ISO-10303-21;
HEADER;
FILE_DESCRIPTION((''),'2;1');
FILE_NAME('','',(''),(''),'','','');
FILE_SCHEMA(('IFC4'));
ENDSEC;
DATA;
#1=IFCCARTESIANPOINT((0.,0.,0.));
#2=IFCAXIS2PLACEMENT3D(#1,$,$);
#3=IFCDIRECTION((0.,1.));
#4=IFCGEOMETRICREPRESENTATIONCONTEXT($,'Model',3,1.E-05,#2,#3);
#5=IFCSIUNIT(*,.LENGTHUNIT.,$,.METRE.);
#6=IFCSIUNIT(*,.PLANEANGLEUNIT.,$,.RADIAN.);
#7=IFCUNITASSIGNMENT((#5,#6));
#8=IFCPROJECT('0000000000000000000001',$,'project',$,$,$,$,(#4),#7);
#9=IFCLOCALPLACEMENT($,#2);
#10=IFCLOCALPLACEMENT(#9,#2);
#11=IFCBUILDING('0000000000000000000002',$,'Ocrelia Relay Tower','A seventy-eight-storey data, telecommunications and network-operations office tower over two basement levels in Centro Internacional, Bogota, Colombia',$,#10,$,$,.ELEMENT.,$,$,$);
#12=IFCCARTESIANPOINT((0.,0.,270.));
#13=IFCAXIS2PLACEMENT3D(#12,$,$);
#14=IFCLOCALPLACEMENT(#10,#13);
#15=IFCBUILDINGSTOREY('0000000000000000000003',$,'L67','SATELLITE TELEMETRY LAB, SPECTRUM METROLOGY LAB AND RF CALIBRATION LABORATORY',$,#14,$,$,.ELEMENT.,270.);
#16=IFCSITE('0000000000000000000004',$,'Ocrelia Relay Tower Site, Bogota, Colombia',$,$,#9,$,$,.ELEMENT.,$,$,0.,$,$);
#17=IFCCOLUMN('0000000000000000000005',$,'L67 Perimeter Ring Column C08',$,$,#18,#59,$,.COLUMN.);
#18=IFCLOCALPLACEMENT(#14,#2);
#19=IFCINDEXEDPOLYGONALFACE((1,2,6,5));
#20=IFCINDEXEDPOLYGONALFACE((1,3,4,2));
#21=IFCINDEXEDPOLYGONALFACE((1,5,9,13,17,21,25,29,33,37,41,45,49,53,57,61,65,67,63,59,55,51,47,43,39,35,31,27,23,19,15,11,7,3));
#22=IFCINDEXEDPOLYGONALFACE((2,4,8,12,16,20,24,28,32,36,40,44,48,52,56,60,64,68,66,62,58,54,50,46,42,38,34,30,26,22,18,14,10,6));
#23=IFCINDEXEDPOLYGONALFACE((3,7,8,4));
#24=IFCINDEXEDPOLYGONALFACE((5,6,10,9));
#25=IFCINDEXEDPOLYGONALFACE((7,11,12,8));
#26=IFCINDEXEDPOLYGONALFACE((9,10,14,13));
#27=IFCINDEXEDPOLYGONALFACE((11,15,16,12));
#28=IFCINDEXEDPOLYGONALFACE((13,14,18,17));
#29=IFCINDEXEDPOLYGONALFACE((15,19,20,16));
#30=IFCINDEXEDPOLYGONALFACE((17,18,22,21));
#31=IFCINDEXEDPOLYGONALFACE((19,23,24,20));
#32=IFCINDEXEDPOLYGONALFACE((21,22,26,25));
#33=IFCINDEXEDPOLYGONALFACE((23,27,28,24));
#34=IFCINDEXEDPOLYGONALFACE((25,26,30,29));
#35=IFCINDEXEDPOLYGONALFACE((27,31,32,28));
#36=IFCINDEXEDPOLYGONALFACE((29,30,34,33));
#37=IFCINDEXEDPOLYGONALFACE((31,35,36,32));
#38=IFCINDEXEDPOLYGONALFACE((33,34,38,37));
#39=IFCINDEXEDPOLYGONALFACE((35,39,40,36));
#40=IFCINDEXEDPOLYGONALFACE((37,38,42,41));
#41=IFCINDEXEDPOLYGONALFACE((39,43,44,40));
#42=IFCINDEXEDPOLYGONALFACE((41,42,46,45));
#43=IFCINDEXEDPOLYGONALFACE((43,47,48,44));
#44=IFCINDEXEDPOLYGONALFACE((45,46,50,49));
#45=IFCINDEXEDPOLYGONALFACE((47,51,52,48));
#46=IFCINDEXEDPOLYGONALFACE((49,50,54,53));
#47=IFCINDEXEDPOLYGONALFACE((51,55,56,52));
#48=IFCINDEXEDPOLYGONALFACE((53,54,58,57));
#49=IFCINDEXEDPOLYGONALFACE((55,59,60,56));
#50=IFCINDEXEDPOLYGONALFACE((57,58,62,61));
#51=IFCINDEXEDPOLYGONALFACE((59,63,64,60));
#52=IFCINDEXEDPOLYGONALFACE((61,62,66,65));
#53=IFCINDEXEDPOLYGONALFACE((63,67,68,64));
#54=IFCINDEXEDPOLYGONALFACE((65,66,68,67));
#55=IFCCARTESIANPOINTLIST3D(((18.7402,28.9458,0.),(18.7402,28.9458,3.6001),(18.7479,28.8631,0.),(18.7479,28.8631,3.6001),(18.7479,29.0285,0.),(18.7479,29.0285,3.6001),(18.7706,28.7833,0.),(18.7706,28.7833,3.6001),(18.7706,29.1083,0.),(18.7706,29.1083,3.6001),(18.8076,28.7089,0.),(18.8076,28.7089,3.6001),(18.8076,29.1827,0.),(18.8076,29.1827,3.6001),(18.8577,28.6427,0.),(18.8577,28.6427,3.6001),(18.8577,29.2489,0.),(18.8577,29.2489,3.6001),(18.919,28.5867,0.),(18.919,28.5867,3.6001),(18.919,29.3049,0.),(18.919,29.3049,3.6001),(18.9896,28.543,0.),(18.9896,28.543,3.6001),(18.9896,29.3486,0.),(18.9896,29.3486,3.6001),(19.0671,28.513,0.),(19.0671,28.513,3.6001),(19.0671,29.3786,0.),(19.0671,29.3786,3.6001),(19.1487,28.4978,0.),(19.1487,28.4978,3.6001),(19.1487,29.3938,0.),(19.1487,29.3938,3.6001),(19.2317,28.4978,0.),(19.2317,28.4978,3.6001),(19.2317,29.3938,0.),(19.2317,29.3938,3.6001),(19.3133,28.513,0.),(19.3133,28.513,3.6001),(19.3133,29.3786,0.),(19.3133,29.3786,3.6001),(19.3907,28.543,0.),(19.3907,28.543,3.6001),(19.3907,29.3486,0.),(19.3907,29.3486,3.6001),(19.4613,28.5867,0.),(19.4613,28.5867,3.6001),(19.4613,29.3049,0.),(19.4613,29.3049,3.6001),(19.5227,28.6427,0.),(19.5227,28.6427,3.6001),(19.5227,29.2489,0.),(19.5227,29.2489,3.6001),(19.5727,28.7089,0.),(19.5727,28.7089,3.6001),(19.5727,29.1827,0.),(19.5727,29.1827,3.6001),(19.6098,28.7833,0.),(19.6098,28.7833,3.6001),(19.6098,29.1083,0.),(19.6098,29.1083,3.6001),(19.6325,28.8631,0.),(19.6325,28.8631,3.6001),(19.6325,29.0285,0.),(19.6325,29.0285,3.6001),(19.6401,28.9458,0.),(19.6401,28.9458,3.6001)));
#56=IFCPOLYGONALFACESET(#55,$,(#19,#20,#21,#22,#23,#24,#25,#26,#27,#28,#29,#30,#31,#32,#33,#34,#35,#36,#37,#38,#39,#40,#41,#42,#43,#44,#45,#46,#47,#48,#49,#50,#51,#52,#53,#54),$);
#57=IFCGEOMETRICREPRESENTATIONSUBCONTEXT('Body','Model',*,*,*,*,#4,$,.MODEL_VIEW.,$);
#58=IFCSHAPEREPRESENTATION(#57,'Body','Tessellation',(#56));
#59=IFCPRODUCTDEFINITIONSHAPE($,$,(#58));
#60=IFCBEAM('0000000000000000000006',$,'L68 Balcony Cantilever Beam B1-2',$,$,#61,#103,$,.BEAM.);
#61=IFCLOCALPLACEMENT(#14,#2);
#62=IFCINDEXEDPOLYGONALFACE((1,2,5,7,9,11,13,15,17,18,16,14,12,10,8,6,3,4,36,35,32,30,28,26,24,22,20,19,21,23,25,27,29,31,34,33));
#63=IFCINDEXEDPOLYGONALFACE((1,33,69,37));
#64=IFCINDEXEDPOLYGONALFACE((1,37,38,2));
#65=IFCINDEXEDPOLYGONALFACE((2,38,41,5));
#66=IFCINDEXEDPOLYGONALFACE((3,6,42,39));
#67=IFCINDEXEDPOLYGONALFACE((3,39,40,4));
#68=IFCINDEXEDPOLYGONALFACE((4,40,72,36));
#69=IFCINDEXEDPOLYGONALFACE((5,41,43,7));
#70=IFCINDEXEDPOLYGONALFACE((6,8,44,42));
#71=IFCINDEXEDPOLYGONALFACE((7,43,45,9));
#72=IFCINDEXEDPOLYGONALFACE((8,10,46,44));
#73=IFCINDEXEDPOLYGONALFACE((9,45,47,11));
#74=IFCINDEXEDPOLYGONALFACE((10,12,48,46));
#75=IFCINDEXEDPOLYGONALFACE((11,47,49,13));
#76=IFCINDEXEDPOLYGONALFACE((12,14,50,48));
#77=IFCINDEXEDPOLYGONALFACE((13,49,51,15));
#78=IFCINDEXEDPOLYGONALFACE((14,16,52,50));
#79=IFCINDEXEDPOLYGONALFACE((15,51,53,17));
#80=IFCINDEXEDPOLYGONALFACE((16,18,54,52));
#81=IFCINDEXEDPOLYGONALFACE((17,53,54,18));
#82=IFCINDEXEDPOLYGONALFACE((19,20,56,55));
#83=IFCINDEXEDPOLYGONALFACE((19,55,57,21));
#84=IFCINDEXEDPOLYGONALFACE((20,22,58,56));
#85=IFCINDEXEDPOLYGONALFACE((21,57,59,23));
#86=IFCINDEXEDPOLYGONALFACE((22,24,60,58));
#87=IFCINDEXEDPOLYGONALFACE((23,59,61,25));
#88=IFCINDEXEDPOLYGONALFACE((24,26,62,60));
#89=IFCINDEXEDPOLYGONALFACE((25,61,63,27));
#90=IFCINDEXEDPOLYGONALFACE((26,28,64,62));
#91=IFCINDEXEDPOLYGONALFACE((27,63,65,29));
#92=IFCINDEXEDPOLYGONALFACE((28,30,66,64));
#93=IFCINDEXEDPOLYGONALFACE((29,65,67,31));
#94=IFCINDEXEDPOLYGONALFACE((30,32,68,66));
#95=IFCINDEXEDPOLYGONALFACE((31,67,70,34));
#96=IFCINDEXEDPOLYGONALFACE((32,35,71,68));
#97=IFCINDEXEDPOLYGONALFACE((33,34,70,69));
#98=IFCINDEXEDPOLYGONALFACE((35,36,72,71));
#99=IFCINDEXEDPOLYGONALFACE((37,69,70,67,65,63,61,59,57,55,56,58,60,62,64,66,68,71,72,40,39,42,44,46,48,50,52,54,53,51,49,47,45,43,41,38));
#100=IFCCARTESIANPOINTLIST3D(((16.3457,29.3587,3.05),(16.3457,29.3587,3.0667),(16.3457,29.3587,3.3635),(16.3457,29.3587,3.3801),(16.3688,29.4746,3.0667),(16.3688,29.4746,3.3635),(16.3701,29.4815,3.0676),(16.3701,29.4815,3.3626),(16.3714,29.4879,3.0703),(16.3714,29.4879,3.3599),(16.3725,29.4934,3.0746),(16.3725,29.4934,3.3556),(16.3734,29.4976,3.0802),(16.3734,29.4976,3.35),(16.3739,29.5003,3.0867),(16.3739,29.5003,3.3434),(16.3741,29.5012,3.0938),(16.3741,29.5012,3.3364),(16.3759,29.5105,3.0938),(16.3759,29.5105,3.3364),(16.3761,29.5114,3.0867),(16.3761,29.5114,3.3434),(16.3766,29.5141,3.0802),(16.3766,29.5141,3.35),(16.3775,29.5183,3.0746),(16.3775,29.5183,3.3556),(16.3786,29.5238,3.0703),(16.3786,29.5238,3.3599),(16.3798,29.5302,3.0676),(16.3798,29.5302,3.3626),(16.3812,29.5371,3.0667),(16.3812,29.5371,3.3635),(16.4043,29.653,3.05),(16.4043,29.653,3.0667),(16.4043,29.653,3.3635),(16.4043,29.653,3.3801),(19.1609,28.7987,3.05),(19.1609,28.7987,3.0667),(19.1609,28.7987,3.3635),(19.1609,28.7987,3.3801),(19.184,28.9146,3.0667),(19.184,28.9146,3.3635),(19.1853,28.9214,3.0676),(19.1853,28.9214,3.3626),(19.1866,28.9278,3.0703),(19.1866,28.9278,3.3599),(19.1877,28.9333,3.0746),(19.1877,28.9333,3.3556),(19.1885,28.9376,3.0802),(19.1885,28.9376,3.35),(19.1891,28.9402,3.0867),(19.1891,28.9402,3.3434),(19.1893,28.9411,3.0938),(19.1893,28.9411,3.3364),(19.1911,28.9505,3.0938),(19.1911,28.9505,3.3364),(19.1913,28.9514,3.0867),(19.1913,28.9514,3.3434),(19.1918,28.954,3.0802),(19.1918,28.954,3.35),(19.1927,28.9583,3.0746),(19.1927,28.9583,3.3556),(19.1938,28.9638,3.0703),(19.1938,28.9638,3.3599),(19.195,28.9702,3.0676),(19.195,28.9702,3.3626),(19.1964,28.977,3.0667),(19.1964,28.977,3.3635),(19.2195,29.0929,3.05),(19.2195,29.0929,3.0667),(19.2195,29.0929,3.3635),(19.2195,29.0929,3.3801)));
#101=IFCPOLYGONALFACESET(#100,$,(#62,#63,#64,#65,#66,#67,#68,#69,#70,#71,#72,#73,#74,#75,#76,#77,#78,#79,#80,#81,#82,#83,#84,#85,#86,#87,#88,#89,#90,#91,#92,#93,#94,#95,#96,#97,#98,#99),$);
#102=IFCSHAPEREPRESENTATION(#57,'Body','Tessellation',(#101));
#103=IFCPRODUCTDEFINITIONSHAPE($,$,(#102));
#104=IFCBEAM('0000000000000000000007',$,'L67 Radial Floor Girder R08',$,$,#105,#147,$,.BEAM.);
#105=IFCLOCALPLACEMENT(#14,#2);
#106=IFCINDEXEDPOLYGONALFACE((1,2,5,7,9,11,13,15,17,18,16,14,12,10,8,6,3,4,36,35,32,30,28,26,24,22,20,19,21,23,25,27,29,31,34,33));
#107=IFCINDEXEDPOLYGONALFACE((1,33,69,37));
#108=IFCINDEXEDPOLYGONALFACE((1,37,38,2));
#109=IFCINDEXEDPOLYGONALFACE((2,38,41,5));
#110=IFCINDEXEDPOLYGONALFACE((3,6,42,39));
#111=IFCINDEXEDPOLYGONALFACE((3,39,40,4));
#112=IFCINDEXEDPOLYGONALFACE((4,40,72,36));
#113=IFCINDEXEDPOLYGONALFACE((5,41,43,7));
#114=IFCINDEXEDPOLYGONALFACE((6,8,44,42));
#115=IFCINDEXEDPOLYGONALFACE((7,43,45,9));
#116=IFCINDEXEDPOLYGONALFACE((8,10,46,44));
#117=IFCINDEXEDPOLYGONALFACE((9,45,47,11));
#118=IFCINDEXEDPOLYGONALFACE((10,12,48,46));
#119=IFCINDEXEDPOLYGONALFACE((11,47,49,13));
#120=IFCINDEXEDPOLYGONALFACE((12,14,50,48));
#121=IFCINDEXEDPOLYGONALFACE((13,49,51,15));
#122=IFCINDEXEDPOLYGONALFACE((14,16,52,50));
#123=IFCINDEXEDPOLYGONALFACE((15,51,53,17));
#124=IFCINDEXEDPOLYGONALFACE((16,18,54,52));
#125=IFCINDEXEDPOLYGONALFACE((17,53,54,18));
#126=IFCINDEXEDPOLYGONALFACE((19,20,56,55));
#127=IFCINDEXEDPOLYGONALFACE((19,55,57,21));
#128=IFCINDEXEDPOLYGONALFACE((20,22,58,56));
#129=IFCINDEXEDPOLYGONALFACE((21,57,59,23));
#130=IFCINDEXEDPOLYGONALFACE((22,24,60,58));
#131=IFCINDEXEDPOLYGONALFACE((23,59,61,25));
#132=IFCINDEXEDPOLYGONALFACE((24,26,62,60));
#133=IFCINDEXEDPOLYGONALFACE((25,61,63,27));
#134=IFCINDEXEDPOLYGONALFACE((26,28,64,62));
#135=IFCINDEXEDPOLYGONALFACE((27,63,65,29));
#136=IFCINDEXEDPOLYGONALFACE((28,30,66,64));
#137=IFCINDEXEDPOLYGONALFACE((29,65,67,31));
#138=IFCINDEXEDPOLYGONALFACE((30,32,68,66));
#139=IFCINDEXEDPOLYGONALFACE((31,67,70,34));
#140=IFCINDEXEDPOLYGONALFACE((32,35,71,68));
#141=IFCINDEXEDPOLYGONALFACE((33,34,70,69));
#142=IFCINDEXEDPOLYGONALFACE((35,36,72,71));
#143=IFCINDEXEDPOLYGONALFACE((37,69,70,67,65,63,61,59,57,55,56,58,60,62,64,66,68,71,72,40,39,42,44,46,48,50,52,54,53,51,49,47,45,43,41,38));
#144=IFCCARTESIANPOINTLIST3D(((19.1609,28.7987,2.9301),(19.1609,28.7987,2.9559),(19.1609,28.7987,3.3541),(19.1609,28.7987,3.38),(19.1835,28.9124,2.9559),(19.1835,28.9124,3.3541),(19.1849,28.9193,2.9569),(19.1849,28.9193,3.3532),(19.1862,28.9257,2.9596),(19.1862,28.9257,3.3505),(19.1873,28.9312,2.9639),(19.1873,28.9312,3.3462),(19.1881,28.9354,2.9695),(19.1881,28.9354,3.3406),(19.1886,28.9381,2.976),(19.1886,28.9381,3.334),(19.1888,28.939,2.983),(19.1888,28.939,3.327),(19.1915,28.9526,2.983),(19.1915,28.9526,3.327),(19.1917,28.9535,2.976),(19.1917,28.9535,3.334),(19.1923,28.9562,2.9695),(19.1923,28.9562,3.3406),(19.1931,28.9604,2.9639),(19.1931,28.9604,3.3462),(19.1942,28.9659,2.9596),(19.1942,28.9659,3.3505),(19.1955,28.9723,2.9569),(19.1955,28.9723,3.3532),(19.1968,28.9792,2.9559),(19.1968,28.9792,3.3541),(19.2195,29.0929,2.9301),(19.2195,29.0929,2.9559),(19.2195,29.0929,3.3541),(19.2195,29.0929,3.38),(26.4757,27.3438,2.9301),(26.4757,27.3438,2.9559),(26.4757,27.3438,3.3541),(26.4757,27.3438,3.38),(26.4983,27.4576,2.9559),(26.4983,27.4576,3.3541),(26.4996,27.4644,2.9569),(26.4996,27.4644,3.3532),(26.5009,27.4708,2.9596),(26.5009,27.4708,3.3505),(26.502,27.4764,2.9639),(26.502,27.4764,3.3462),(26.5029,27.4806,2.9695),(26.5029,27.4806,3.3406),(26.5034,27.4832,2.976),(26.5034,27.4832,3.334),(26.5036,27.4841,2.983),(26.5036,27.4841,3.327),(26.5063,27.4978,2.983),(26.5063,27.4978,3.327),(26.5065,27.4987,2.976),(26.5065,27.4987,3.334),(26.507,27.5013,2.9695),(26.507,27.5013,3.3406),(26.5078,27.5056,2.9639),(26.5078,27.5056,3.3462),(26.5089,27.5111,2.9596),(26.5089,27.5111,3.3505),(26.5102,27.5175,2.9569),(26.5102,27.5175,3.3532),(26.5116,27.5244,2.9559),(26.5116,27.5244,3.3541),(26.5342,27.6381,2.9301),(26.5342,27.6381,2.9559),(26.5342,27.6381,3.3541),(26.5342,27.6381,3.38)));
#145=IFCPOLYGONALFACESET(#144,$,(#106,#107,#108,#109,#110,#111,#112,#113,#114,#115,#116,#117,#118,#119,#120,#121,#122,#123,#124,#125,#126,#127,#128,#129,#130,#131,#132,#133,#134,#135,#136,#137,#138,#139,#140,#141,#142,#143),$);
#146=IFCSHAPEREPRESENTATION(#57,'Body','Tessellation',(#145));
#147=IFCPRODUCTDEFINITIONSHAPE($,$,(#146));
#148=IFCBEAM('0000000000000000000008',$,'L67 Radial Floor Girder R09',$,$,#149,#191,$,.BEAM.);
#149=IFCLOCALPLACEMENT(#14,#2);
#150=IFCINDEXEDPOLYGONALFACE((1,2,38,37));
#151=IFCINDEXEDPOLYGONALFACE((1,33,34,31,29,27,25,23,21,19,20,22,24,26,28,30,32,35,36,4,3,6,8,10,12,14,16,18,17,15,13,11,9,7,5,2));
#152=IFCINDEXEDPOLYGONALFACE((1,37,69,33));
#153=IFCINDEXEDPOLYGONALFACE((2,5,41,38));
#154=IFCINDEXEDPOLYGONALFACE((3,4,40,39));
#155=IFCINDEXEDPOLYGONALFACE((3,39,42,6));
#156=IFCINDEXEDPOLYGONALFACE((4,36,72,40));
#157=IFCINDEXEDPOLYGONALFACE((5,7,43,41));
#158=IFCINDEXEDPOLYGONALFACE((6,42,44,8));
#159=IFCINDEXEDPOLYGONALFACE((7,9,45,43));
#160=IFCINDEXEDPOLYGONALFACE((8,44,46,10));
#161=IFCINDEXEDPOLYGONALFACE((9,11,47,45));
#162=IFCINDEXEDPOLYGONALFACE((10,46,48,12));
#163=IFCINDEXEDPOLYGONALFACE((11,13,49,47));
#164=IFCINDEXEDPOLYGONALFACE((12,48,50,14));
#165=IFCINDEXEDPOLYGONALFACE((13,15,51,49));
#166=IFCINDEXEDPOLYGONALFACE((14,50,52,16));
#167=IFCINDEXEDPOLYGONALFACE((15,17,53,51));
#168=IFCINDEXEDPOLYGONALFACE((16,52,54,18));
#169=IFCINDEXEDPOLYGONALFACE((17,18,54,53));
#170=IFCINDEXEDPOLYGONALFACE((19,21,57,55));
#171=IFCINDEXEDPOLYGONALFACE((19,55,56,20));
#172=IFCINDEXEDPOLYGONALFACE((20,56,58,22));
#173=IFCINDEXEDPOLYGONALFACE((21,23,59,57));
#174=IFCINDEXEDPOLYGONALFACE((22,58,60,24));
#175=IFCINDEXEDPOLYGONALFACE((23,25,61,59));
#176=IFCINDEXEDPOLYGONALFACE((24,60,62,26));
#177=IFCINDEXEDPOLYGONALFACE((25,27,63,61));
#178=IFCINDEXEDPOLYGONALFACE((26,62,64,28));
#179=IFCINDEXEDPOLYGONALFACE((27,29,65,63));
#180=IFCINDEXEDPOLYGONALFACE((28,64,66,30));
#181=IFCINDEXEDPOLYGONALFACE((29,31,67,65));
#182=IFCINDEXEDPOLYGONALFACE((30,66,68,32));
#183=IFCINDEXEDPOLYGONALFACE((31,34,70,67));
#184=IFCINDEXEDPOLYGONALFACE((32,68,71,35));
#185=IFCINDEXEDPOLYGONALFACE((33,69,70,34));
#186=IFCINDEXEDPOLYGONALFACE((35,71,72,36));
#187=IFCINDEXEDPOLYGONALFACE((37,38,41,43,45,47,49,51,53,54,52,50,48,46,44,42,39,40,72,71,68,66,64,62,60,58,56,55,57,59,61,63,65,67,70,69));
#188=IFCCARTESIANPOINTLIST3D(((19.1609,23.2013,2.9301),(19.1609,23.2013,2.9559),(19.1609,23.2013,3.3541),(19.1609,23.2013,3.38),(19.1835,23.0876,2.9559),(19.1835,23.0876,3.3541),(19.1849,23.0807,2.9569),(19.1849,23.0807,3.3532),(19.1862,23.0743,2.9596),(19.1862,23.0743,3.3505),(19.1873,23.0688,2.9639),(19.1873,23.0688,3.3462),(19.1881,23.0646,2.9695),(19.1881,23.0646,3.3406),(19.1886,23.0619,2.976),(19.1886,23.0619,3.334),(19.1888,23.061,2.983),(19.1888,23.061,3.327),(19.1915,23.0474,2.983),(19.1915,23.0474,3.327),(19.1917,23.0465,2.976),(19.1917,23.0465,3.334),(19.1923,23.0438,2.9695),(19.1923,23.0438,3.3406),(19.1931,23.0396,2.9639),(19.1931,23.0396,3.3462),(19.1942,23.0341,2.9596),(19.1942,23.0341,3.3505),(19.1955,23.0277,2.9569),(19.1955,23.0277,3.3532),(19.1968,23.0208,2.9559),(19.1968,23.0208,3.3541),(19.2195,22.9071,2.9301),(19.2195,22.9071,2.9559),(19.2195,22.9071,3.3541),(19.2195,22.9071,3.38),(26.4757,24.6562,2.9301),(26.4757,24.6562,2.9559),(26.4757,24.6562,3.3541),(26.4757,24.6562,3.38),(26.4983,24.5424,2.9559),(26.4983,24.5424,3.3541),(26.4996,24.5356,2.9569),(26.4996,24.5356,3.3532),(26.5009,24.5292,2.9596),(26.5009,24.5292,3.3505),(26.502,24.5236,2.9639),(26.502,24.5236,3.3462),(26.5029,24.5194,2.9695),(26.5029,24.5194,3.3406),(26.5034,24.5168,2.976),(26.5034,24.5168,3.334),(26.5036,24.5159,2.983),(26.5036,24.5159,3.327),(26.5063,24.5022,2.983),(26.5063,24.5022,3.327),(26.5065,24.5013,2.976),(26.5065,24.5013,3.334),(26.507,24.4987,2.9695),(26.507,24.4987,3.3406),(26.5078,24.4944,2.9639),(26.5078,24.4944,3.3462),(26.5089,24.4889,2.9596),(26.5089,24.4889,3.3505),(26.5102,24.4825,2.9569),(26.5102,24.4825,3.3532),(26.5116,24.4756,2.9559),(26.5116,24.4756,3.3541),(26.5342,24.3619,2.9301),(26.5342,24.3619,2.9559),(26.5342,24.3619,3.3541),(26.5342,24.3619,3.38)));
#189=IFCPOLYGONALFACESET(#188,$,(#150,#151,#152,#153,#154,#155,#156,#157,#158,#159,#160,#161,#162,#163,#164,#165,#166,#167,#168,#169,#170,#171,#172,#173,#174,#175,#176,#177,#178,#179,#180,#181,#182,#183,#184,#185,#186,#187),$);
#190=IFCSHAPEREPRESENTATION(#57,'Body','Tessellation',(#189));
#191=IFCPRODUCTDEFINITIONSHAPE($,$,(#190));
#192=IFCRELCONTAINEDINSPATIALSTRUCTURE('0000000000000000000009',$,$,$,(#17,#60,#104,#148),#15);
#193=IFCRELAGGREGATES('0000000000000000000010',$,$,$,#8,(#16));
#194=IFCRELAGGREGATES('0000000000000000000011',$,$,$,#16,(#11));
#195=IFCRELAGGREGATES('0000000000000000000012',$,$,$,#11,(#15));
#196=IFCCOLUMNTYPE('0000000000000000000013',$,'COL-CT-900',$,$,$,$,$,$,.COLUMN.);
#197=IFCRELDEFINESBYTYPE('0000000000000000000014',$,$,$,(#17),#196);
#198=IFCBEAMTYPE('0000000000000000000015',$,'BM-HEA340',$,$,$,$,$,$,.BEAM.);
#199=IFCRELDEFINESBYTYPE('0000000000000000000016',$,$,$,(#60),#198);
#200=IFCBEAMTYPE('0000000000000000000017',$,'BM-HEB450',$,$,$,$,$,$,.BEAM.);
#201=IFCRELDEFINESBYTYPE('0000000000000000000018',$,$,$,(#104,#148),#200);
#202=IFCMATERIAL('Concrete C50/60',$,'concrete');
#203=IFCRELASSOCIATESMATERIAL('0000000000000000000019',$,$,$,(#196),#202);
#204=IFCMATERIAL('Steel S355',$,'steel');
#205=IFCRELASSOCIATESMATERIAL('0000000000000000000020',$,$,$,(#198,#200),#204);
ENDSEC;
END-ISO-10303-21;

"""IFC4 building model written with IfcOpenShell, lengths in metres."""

from ifc_helpers import new_model, si_unit, direction, frame, origin, origin_2d, place, context, subcontext, project, spatial, circle, i_section, extrude, material, material_profile, profile_set, type_object, element, save


model = new_model("IFC4")

# Units and contexts
model_context = context("Model", 3, precision=1e-05, world=origin(), true_north=direction((0.0, 1.0)))
body_context = subcontext(model_context, "Body", "Model", "MODEL_VIEW")
ifc_project = project(units=[si_unit("LENGTHUNIT", "METRE"), si_unit("PLANEANGLEUNIT", "RADIAN")], contexts=[model_context])

# Site, building, storey
site_placement = place(None, origin())
site = spatial("IfcSite", under=ifc_project, at=site_placement, Name="Ocrelia Relay Tower Site, Bogota, Colombia", CompositionType="ELEMENT", RefElevation=0.0)
building_placement = place(site_placement, origin())
building = spatial("IfcBuilding", under=site, at=building_placement, Name="Ocrelia Relay Tower", Description="A seventy-eight-storey data, telecommunications and network-operations office tower over two basement levels in Centro Internacional, Bogota, Colombia", CompositionType="ELEMENT")
storey_placement = place(building_placement, frame((0.0, 0.0, 270.0)))
storey = spatial("IfcBuildingStorey", under=building, at=storey_placement, Name="L67", Description="SATELLITE TELEMETRY LAB, SPECTRUM METROLOGY LAB AND RF CALIBRATION LABORATORY", CompositionType="ELEMENT", Elevation=270.0)

# Column
ifc_material_1 = material(Name="Concrete C50/60", Category="concrete")
ifc_material_profile_1 = material_profile(ifc_material_1, circle(Radius=0.45, at=origin_2d()), Name="RC-CIR-900")
ifc_profile_set_1 = profile_set([ifc_material_profile_1], Name="Concrete C50/60")
column_type = type_object("IfcColumnType", Name="COL-CT-900", PredefinedType="COLUMN", material=ifc_profile_set_1)
column_placement = place(storey_placement, frame((19.1902, 28.9458, 0.0), z_axis=(0.0, 0.0, 1.0), x_axis=(1.0, 0.0, 0.0)))
element("IfcColumn", 1, at=column_placement, inside=storey, type_object=column_type, Name="L67 Perimeter Ring Column C08", PredefinedType="COLUMN", context=body_context, shape_type="SweptSolid", body=[
    extrude(circle(Radius=0.45, at=origin_2d()), origin(), (0.0, 0.0, 1.0), 3.6001),
])

# Beams
ifc_material_2 = material(Name="Steel S355", Category="steel")
ifc_material_profile_2 = material_profile(ifc_material_2, i_section(OverallWidth=0.3, OverallDepth=0.3301, WebThickness=0.0095, FlangeThickness=0.0166, FilletRadius=0.0271, at=origin_2d()), Name="HEA 340")
ifc_profile_set_2 = profile_set([ifc_material_profile_2], Name="Steel S355")
beam_type_1 = type_object("IfcBeamType", Name="BM-HEA340", PredefinedType="BEAM", material=ifc_profile_set_2)
beam_1_placement = place(storey_placement, frame((19.1902, 28.9458, 3.2151), z_axis=(-0.98078, 0.195118, 0.0), x_axis=(-0.195118, -0.98078, 0.0)))
element("IfcBeam", 2, at=beam_1_placement, inside=storey, type_object=beam_type_1, Name="L68 Balcony Cantilever Beam B1-2", PredefinedType="BEAM", context=body_context, shape_type="SweptSolid", body=[
    extrude(i_section(OverallWidth=0.3, OverallDepth=0.3301, WebThickness=0.0095, FlangeThickness=0.0166, FilletRadius=0.0271, at=origin_2d()), origin(), (0.0, 0.0, 1.0), 2.8704),
])
ifc_material_profile_3 = material_profile(ifc_material_2, i_section(OverallWidth=0.3, OverallDepth=0.45, WebThickness=0.0139, FlangeThickness=0.0259, FilletRadius=0.0271, at=origin_2d()), Name="HEB 450")
ifc_profile_set_3 = profile_set([ifc_material_profile_3], Name="Steel S355")
beam_type_2 = type_object("IfcBeamType", Name="BM-HEB450", PredefinedType="BEAM", material=ifc_profile_set_3)
for number, where, z_axis, x_axis, name in (
    (3, (19.1902, 28.9458, 3.155), (0.980789, -0.195071, 0.0), (0.195071, 0.980789, 0.0), "L67 Radial Floor Girder R08"),
    (4, (19.1902, 23.0542, 3.155), (0.980789, 0.195071, 0.0), (-0.195071, 0.980789, 0.0), "L67 Radial Floor Girder R09"),
):
    element("IfcBeam", number, at=place(storey_placement, frame(where, z_axis=z_axis, x_axis=x_axis)), inside=storey, type_object=beam_type_2, Name=name, PredefinedType="BEAM", context=body_context, shape_type="SweptSolid", body=[
        extrude(i_section(OverallWidth=0.3, OverallDepth=0.45, WebThickness=0.0139, FlangeThickness=0.0259, FilletRadius=0.0271, at=origin_2d()), origin(), (0.0, 0.0, 1.0), 7.458),
    ])

save(model, "model.ifc")
